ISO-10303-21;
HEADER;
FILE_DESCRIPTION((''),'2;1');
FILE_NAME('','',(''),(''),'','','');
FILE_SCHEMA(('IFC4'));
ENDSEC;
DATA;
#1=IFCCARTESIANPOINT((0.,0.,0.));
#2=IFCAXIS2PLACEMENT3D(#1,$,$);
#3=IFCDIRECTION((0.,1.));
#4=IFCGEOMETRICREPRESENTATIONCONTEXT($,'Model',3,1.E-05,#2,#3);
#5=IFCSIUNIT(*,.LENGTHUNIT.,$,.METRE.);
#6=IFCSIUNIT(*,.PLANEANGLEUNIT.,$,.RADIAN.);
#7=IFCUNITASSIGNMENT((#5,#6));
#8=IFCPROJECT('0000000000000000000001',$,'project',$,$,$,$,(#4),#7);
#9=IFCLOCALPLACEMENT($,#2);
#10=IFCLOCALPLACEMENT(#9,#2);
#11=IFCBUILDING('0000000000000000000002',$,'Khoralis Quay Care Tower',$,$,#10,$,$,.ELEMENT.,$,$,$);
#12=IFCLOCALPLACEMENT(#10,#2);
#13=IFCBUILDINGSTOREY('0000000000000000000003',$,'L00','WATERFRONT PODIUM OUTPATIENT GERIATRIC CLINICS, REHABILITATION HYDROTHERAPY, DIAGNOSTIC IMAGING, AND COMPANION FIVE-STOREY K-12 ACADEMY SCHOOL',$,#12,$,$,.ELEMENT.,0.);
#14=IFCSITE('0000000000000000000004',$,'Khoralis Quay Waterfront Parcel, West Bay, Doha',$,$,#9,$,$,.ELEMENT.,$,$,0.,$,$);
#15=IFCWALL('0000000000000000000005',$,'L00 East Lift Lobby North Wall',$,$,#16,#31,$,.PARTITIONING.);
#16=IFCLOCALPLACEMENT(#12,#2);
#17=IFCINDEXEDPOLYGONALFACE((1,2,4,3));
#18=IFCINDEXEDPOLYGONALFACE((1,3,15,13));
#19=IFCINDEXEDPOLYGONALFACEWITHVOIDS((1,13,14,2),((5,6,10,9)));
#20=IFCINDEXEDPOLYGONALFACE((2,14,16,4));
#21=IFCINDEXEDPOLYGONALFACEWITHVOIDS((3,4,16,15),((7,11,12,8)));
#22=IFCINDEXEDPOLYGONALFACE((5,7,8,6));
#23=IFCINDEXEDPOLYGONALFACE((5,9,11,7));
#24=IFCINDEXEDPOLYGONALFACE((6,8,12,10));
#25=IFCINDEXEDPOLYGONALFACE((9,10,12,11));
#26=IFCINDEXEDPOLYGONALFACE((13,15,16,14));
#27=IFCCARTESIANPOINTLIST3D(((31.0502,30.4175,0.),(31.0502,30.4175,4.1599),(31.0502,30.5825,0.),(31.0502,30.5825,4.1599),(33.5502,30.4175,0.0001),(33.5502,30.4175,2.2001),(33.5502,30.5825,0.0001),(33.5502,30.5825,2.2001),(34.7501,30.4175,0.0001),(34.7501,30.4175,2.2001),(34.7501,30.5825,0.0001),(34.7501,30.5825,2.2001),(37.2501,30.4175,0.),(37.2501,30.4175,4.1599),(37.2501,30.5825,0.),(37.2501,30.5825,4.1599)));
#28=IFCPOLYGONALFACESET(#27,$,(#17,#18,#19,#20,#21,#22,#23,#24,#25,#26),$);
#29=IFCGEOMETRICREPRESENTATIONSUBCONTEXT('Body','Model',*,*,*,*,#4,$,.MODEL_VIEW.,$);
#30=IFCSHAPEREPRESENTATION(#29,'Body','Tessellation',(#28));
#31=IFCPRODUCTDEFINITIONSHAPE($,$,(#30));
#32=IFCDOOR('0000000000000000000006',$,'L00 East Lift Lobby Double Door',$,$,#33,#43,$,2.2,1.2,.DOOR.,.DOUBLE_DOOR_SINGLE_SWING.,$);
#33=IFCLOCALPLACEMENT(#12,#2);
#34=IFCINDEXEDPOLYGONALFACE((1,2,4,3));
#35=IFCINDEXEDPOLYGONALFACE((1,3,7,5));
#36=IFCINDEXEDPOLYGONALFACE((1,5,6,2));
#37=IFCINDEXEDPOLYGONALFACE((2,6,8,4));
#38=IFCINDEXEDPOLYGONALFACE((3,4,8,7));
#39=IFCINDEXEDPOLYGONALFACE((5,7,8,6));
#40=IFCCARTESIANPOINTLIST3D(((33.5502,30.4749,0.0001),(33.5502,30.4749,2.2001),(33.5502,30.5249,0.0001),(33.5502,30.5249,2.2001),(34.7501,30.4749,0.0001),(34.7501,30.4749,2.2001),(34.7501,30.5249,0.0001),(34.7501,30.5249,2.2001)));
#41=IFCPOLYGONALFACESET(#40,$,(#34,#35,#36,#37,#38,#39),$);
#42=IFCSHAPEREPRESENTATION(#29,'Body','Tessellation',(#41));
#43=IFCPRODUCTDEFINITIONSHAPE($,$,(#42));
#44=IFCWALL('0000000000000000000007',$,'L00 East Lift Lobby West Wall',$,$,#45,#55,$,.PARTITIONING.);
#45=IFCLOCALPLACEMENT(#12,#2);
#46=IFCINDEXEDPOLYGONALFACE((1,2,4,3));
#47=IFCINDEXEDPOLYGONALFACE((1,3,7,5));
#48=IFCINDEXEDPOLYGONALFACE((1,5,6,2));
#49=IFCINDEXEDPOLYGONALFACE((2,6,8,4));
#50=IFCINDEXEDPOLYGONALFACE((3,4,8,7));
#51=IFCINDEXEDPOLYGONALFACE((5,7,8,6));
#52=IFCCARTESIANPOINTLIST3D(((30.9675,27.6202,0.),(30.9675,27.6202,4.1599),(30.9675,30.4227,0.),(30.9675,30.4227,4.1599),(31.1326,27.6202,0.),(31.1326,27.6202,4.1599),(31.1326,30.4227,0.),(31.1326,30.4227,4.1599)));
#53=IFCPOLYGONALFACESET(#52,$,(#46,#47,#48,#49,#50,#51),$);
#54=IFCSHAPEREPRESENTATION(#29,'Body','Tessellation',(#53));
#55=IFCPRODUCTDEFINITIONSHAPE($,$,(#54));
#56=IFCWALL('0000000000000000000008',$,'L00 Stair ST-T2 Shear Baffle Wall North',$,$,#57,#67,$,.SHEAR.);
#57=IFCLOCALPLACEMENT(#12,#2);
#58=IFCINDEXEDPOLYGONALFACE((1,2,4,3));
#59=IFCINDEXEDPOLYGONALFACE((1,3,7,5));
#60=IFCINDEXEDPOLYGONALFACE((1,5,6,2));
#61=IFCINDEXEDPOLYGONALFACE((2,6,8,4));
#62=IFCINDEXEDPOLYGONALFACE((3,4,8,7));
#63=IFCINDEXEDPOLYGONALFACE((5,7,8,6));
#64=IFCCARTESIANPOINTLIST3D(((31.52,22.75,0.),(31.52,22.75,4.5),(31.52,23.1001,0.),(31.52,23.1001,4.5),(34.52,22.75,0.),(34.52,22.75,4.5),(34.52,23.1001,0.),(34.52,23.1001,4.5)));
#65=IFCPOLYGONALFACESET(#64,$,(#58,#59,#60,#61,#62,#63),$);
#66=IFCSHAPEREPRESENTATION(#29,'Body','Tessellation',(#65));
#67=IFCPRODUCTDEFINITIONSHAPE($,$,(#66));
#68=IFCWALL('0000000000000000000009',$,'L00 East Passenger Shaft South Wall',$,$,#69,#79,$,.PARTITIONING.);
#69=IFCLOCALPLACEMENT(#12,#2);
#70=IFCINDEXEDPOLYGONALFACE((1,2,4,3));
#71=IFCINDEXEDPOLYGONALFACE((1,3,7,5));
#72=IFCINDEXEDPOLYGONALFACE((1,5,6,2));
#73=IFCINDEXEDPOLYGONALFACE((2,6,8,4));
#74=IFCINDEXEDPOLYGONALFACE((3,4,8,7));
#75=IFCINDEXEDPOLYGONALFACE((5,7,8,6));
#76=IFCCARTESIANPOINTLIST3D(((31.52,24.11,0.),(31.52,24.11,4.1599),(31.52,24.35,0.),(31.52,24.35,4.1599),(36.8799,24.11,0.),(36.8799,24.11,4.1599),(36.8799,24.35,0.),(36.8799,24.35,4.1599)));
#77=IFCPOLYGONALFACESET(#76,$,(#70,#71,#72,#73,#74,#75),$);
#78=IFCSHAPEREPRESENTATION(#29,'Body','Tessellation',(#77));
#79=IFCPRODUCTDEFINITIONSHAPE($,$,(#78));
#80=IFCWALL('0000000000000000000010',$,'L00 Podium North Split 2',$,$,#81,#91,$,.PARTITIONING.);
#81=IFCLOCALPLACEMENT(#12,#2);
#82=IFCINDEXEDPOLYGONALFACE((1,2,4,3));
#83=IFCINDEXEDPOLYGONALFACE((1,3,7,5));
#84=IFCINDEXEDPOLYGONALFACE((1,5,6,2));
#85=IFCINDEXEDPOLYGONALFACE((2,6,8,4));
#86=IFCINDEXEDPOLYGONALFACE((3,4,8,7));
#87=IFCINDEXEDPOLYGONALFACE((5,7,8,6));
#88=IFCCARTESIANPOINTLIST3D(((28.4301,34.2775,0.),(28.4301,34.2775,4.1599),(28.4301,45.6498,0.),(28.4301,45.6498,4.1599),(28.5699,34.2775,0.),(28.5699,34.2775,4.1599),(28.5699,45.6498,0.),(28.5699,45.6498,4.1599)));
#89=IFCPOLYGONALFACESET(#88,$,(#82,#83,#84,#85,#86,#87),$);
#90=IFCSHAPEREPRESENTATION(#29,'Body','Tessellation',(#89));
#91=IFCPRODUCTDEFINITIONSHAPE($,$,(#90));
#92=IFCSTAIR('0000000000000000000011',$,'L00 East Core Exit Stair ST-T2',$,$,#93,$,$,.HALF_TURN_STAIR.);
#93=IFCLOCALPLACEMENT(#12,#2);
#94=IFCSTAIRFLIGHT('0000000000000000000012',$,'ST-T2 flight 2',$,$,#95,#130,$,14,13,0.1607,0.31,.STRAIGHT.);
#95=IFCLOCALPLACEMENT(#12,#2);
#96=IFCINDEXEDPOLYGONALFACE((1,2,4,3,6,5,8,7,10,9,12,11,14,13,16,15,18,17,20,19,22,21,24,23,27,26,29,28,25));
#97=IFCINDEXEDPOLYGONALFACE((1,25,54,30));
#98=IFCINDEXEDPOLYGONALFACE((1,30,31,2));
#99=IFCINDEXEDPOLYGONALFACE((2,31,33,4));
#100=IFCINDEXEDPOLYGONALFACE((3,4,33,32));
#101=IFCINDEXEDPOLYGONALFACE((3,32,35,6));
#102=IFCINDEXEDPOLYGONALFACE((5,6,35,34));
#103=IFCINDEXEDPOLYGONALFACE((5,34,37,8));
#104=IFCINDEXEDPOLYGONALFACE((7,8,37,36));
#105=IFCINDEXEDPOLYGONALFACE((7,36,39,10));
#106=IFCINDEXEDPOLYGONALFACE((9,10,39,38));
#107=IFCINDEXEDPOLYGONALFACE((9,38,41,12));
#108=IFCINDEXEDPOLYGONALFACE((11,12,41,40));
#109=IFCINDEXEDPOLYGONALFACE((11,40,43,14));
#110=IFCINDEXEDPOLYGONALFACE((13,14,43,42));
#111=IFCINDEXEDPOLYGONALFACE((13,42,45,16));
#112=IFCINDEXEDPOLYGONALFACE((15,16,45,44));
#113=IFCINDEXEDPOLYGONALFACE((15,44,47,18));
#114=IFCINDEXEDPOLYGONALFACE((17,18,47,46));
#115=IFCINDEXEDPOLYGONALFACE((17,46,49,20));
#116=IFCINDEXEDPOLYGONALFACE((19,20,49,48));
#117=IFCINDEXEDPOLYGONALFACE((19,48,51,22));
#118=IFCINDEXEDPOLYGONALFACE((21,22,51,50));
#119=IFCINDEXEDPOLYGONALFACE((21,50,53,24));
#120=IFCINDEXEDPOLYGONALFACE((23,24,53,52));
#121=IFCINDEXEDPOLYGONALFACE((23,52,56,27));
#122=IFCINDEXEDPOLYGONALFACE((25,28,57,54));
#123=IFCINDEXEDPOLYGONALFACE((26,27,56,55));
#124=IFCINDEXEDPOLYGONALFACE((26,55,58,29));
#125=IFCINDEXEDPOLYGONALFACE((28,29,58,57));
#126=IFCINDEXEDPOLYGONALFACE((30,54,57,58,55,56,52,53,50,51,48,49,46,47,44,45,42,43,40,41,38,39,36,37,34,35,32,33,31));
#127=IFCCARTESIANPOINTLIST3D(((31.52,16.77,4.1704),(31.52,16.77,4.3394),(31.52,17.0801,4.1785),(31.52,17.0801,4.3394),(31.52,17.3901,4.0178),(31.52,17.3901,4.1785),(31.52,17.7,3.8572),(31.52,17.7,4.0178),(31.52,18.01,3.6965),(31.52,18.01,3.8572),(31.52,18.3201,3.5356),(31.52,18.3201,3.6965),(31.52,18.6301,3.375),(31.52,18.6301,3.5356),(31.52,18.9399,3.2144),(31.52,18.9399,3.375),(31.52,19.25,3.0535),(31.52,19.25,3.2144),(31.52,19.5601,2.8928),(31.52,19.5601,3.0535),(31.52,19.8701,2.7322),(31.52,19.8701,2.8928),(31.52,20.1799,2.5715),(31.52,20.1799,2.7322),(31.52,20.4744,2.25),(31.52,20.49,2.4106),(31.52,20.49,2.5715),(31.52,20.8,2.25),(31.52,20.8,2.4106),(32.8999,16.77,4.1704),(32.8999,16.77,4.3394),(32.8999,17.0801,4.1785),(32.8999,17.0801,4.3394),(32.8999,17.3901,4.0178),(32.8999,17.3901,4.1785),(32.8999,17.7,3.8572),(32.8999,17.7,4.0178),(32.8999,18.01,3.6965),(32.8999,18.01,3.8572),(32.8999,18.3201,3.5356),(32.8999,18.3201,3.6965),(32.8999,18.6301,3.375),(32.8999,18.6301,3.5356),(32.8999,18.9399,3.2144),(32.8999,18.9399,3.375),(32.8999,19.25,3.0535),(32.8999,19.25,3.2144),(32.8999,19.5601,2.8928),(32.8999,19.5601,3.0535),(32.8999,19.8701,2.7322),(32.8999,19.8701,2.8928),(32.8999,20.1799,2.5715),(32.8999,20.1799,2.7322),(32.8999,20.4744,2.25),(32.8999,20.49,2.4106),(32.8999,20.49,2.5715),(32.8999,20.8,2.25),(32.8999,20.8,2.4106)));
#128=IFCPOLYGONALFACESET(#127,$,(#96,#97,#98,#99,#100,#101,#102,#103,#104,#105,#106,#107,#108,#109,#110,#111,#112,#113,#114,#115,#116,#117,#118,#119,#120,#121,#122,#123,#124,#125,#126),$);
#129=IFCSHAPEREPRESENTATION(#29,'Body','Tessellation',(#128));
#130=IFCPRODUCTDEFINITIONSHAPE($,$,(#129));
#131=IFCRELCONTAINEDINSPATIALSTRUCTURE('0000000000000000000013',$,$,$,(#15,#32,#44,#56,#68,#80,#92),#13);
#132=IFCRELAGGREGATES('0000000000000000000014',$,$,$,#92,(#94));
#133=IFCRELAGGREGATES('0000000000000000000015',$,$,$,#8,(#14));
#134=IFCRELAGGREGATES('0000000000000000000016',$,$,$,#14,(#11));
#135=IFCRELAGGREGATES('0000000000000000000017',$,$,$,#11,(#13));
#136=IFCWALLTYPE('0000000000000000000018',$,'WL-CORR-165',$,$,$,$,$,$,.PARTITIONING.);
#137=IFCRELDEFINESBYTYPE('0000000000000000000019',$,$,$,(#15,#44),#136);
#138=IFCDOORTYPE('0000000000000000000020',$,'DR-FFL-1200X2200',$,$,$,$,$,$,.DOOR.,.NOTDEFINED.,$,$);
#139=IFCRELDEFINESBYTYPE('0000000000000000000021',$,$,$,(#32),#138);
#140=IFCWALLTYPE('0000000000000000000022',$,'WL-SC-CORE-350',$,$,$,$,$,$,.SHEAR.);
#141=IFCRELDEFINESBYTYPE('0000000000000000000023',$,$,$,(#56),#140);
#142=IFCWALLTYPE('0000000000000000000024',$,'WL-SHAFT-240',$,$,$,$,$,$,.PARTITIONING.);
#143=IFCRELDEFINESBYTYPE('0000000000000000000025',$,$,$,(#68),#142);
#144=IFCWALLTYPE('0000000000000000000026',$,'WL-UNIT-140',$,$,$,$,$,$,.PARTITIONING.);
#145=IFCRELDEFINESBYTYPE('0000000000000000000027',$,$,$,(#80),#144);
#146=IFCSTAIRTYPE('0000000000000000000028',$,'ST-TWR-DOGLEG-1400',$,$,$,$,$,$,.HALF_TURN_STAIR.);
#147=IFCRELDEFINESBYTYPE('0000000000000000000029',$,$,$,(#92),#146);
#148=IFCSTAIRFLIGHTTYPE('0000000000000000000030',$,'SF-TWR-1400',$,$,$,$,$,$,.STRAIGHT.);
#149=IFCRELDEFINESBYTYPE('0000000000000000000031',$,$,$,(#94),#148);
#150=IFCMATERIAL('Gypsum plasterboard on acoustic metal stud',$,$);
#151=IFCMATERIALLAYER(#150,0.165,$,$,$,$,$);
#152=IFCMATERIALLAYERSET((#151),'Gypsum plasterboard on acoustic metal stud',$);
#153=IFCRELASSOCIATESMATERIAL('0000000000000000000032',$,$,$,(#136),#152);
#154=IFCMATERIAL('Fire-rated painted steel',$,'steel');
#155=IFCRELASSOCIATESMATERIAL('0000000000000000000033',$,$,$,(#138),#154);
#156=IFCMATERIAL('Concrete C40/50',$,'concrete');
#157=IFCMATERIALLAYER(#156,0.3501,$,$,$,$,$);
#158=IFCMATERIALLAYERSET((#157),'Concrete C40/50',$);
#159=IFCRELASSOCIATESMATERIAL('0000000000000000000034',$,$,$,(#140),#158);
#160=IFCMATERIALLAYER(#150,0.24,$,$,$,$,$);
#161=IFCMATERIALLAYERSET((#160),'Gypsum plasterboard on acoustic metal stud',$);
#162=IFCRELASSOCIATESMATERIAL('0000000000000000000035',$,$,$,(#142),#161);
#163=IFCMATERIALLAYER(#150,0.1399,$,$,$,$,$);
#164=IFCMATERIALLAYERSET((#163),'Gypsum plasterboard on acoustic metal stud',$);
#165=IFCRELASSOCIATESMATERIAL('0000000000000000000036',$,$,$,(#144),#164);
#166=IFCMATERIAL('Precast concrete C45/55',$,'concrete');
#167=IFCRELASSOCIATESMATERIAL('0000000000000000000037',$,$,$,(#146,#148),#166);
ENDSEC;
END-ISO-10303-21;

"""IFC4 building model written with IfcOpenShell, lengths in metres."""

from ifc_helpers import new_model, si_unit, direction, frame, frame_2d, origin, place, context, subcontext, project, spatial, polyline, rectangle, outline, extrude, source, transform, mapped, material, layer, layer_set, type_object, element, fill, aggregate, save


model = new_model("IFC4")

# Units and contexts
model_context = context("Model", 3, precision=1e-05, world=origin(), true_north=direction((0.0, 1.0)))
body_context = subcontext(model_context, "Body", "Model", "MODEL_VIEW")
ifc_project = project(units=[si_unit("LENGTHUNIT", "METRE"), si_unit("PLANEANGLEUNIT", "RADIAN")], contexts=[model_context])

# Site, building, storey
site_placement = place(None, origin())
site = spatial("IfcSite", under=ifc_project, at=site_placement, Name="Khoralis Quay Waterfront Parcel, West Bay, Doha", CompositionType="ELEMENT", RefElevation=0.0)
building_placement = place(site_placement, origin())
building = spatial("IfcBuilding", under=site, at=building_placement, Name="Khoralis Quay Care Tower", CompositionType="ELEMENT")
storey_placement = place(building_placement, origin())
storey = spatial("IfcBuildingStorey", under=building, at=storey_placement, Name="L00", Description="WATERFRONT PODIUM OUTPATIENT GERIATRIC CLINICS, REHABILITATION HYDROTHERAPY, DIAGNOSTIC IMAGING, AND COMPANION FIVE-STOREY K-12 ACADEMY SCHOOL", CompositionType="ELEMENT", Elevation=0.0)

# Shared definitions
ifc_material_1 = material(Name="Fire-rated painted steel", Category="steel")

# Wall, opening, door
ifc_material_2 = material(Name="Gypsum plasterboard on acoustic metal stud")
ifc_layer_1 = layer(ifc_material_2, 0.165)
ifc_layer_set_1 = layer_set([ifc_layer_1], Name="Gypsum plasterboard on acoustic metal stud")
wall_type_1 = type_object("IfcWallType", Name="WL-CORR-165", PredefinedType="PARTITIONING", material=ifc_layer_set_1)
wall_1_placement = place(storey_placement, frame((31.05, 30.5, 0.0), z_axis=(0.0, 0.0, 1.0), x_axis=(1.0, 0.0, 0.0)))
wall_1 = element("IfcWall", 1, at=wall_1_placement, inside=storey, type_object=wall_type_1, Name="L00 East Lift Lobby North Wall", PredefinedType="PARTITIONING", context=body_context, shape_type="SweptSolid", body=[
    extrude(rectangle(XDim=6.2, YDim=0.165, at=frame_2d((3.1001, 0.0))), origin(), (0.0, 0.0, 1.0), 4.1599),
])
opening_1_placement = place(wall_1_placement, frame((2.5, 0.0, 0.0)))
opening_1 = element("IfcOpeningElement", 2, at=opening_1_placement, cuts=wall_1, PredefinedType="OPENING", context=body_context, shape_type="SweptSolid", body=[
    extrude(rectangle(XDim=1.2, YDim=2.2, at=frame_2d((0.6001, 1.1001))), frame((0.0, 0.0925, 0.0), z_axis=(0.0, -1.0, 0.0), x_axis=(1.0, 0.0, 0.0)), (0.0, 0.0, 1.0), 0.1851),
])
door_type_1 = type_object("IfcDoorType", Name="DR-FFL-1200X2200", OperationType="NOTDEFINED", PredefinedType="DOOR", material=ifc_material_1)
shared_shape_1 = source(origin(), body_context, "Body", "SweptSolid", [
    extrude(rectangle(XDim=1.2, YDim=2.2, at=frame_2d((0.6001, 1.1001))), frame((0.0, 0.0249, 0.0), z_axis=(0.0, -1.0, 0.0), x_axis=(1.0, 0.0, 0.0)), (0.0, 0.0, 1.0), 0.05),
])
door_1_placement = place(opening_1_placement, origin())
door_1 = element("IfcDoor", 3, at=door_1_placement, inside=storey, type_object=door_type_1, Name="L00 East Lift Lobby Double Door", OperationType="DOUBLE_DOOR_SINGLE_SWING", OverallHeight=2.2, OverallWidth=1.2, PredefinedType="DOOR", context=body_context, shape_type="MappedRepresentation", body=[
    mapped(shared_shape_1, transform((0.0, 0.0, 0.0), scale=1.0)),
])
fill(opening_1, door_1)

# Walls
wall_2_placement = place(storey_placement, frame((31.05, 27.6201, 0.0), z_axis=(0.0, 0.0, 1.0), x_axis=(0.0, 1.0, 0.0)))
element("IfcWall", 4, at=wall_2_placement, inside=storey, type_object=wall_type_1, Name="L00 East Lift Lobby West Wall", PredefinedType="PARTITIONING", context=body_context, shape_type="SweptSolid", body=[
    extrude(rectangle(XDim=2.8025, YDim=0.165, at=frame_2d((1.4014, 0.0))), origin(), (0.0, 0.0, 1.0), 4.1599),
])
ifc_material_3 = material(Name="Concrete C40/50", Category="concrete")
ifc_layer_2 = layer(ifc_material_3, 0.3501)
ifc_layer_set_2 = layer_set([ifc_layer_2], Name="Concrete C40/50")
wall_type_2 = type_object("IfcWallType", Name="WL-SC-CORE-350", PredefinedType="SHEAR", material=ifc_layer_set_2)
wall_3_placement = place(storey_placement, frame((31.52, 22.925, 0.0), z_axis=(0.0, 0.0, 1.0), x_axis=(1.0, 0.0, 0.0)))
element("IfcWall", 5, at=wall_3_placement, inside=storey, type_object=wall_type_2, Name="L00 Stair ST-T2 Shear Baffle Wall North", PredefinedType="SHEAR", context=body_context, shape_type="SweptSolid", body=[
    extrude(rectangle(XDim=3.0, YDim=0.3501, at=frame_2d((1.5, 0.0))), origin(), (0.0, 0.0, 1.0), 4.5),
])
ifc_layer_3 = layer(ifc_material_2, 0.24)
ifc_layer_set_3 = layer_set([ifc_layer_3], Name="Gypsum plasterboard on acoustic metal stud")
wall_type_3 = type_object("IfcWallType", Name="WL-SHAFT-240", PredefinedType="PARTITIONING", material=ifc_layer_set_3)
wall_4_placement = place(storey_placement, frame((31.52, 24.23, 0.0), z_axis=(0.0, 0.0, 1.0), x_axis=(1.0, 0.0, 0.0)))
element("IfcWall", 6, at=wall_4_placement, inside=storey, type_object=wall_type_3, Name="L00 East Passenger Shaft South Wall", PredefinedType="PARTITIONING", context=body_context, shape_type="SweptSolid", body=[
    extrude(rectangle(XDim=5.3599, YDim=0.24, at=frame_2d((2.6799, 0.0))), origin(), (0.0, 0.0, 1.0), 4.1599),
])
ifc_layer_4 = layer(ifc_material_2, 0.1399)
ifc_layer_set_4 = layer_set([ifc_layer_4], Name="Gypsum plasterboard on acoustic metal stud")
wall_type_4 = type_object("IfcWallType", Name="WL-UNIT-140", PredefinedType="PARTITIONING", material=ifc_layer_set_4)
wall_5_placement = place(storey_placement, frame((28.5, 34.2776, 0.0), z_axis=(0.0, 0.0, 1.0), x_axis=(0.0, 1.0, 0.0)))
element("IfcWall", 7, at=wall_5_placement, inside=storey, type_object=wall_type_4, Name="L00 Podium North Split 2", PredefinedType="PARTITIONING", context=body_context, shape_type="SweptSolid", body=[
    extrude(rectangle(XDim=11.3723, YDim=0.1399, at=frame_2d((5.686, 0.0))), origin(), (0.0, 0.0, 1.0), 4.1599),
])

# Stair, stair flight
ifc_material_4 = material(Name="Precast concrete C45/55", Category="concrete")
stair_type = type_object("IfcStairType", Name="ST-TWR-DOGLEG-1400", PredefinedType="HALF_TURN_STAIR", material=ifc_material_4)
stair_placement = place(storey_placement, origin())
stair = element("IfcStair", 8, at=stair_placement, inside=storey, type_object=stair_type, Name="L00 East Core Exit Stair ST-T2", PredefinedType="HALF_TURN_STAIR")
stair_flight_type = type_object("IfcStairFlightType", Name="SF-TWR-1400", PredefinedType="STRAIGHT", material=ifc_material_4)
shared_shape_2 = source(origin(), body_context, "Body", "SweptSolid", [
    extrude(outline(polyline([(0.0, 0.0), (0.0, 0.1606), (0.3101, 0.1606), (0.3101, 0.3215), (0.6201, 0.3215), (0.6201, 0.4822), (0.9299, 0.4822), (0.9299, 0.6428), (1.24, 0.6428), (1.24, 0.8035), (1.55, 0.8035), (1.55, 0.9644), (1.8601, 0.9644), (1.8601, 1.125), (2.1699, 1.125), (2.1699, 1.2856), (2.48, 1.2856), (2.48, 1.4465), (2.79, 1.4465), (2.79, 1.6072), (3.1001, 1.6072), (3.1001, 1.7678), (3.4099, 1.7678), (3.4099, 1.9285), (3.72, 1.9285), (3.72, 2.0894), (4.03, 2.0894), (4.03, 2.25), (4.03, 1.9204), (0.3257, 0.0), (0.0, 0.0)])), frame((0.0, 0.6899, 0.0), z_axis=(0.0, -1.0, 0.0), x_axis=(1.0, 0.0, 0.0)), (0.0, 0.0, 1.0), 1.3799),
])
stair_flight_placement = place(storey_placement, frame((32.21, 20.8, 2.25), z_axis=(0.0, 0.0, 1.0), x_axis=(0.0, -1.0, 0.0)))
stair_flight = element("IfcStairFlight", 9, at=stair_flight_placement, type_object=stair_flight_type, Name="ST-T2 flight 2", NumberOfRisers=14, NumberOfTreads=13, PredefinedType="STRAIGHT", RiserHeight=0.1607, TreadLength=0.31, context=body_context, shape_type="MappedRepresentation", body=[
    mapped(shared_shape_2, transform((0.0, 0.0, 0.0), scale=1.0)),
])
aggregate(stair, [stair_flight])

save(model, "model.ifc")
